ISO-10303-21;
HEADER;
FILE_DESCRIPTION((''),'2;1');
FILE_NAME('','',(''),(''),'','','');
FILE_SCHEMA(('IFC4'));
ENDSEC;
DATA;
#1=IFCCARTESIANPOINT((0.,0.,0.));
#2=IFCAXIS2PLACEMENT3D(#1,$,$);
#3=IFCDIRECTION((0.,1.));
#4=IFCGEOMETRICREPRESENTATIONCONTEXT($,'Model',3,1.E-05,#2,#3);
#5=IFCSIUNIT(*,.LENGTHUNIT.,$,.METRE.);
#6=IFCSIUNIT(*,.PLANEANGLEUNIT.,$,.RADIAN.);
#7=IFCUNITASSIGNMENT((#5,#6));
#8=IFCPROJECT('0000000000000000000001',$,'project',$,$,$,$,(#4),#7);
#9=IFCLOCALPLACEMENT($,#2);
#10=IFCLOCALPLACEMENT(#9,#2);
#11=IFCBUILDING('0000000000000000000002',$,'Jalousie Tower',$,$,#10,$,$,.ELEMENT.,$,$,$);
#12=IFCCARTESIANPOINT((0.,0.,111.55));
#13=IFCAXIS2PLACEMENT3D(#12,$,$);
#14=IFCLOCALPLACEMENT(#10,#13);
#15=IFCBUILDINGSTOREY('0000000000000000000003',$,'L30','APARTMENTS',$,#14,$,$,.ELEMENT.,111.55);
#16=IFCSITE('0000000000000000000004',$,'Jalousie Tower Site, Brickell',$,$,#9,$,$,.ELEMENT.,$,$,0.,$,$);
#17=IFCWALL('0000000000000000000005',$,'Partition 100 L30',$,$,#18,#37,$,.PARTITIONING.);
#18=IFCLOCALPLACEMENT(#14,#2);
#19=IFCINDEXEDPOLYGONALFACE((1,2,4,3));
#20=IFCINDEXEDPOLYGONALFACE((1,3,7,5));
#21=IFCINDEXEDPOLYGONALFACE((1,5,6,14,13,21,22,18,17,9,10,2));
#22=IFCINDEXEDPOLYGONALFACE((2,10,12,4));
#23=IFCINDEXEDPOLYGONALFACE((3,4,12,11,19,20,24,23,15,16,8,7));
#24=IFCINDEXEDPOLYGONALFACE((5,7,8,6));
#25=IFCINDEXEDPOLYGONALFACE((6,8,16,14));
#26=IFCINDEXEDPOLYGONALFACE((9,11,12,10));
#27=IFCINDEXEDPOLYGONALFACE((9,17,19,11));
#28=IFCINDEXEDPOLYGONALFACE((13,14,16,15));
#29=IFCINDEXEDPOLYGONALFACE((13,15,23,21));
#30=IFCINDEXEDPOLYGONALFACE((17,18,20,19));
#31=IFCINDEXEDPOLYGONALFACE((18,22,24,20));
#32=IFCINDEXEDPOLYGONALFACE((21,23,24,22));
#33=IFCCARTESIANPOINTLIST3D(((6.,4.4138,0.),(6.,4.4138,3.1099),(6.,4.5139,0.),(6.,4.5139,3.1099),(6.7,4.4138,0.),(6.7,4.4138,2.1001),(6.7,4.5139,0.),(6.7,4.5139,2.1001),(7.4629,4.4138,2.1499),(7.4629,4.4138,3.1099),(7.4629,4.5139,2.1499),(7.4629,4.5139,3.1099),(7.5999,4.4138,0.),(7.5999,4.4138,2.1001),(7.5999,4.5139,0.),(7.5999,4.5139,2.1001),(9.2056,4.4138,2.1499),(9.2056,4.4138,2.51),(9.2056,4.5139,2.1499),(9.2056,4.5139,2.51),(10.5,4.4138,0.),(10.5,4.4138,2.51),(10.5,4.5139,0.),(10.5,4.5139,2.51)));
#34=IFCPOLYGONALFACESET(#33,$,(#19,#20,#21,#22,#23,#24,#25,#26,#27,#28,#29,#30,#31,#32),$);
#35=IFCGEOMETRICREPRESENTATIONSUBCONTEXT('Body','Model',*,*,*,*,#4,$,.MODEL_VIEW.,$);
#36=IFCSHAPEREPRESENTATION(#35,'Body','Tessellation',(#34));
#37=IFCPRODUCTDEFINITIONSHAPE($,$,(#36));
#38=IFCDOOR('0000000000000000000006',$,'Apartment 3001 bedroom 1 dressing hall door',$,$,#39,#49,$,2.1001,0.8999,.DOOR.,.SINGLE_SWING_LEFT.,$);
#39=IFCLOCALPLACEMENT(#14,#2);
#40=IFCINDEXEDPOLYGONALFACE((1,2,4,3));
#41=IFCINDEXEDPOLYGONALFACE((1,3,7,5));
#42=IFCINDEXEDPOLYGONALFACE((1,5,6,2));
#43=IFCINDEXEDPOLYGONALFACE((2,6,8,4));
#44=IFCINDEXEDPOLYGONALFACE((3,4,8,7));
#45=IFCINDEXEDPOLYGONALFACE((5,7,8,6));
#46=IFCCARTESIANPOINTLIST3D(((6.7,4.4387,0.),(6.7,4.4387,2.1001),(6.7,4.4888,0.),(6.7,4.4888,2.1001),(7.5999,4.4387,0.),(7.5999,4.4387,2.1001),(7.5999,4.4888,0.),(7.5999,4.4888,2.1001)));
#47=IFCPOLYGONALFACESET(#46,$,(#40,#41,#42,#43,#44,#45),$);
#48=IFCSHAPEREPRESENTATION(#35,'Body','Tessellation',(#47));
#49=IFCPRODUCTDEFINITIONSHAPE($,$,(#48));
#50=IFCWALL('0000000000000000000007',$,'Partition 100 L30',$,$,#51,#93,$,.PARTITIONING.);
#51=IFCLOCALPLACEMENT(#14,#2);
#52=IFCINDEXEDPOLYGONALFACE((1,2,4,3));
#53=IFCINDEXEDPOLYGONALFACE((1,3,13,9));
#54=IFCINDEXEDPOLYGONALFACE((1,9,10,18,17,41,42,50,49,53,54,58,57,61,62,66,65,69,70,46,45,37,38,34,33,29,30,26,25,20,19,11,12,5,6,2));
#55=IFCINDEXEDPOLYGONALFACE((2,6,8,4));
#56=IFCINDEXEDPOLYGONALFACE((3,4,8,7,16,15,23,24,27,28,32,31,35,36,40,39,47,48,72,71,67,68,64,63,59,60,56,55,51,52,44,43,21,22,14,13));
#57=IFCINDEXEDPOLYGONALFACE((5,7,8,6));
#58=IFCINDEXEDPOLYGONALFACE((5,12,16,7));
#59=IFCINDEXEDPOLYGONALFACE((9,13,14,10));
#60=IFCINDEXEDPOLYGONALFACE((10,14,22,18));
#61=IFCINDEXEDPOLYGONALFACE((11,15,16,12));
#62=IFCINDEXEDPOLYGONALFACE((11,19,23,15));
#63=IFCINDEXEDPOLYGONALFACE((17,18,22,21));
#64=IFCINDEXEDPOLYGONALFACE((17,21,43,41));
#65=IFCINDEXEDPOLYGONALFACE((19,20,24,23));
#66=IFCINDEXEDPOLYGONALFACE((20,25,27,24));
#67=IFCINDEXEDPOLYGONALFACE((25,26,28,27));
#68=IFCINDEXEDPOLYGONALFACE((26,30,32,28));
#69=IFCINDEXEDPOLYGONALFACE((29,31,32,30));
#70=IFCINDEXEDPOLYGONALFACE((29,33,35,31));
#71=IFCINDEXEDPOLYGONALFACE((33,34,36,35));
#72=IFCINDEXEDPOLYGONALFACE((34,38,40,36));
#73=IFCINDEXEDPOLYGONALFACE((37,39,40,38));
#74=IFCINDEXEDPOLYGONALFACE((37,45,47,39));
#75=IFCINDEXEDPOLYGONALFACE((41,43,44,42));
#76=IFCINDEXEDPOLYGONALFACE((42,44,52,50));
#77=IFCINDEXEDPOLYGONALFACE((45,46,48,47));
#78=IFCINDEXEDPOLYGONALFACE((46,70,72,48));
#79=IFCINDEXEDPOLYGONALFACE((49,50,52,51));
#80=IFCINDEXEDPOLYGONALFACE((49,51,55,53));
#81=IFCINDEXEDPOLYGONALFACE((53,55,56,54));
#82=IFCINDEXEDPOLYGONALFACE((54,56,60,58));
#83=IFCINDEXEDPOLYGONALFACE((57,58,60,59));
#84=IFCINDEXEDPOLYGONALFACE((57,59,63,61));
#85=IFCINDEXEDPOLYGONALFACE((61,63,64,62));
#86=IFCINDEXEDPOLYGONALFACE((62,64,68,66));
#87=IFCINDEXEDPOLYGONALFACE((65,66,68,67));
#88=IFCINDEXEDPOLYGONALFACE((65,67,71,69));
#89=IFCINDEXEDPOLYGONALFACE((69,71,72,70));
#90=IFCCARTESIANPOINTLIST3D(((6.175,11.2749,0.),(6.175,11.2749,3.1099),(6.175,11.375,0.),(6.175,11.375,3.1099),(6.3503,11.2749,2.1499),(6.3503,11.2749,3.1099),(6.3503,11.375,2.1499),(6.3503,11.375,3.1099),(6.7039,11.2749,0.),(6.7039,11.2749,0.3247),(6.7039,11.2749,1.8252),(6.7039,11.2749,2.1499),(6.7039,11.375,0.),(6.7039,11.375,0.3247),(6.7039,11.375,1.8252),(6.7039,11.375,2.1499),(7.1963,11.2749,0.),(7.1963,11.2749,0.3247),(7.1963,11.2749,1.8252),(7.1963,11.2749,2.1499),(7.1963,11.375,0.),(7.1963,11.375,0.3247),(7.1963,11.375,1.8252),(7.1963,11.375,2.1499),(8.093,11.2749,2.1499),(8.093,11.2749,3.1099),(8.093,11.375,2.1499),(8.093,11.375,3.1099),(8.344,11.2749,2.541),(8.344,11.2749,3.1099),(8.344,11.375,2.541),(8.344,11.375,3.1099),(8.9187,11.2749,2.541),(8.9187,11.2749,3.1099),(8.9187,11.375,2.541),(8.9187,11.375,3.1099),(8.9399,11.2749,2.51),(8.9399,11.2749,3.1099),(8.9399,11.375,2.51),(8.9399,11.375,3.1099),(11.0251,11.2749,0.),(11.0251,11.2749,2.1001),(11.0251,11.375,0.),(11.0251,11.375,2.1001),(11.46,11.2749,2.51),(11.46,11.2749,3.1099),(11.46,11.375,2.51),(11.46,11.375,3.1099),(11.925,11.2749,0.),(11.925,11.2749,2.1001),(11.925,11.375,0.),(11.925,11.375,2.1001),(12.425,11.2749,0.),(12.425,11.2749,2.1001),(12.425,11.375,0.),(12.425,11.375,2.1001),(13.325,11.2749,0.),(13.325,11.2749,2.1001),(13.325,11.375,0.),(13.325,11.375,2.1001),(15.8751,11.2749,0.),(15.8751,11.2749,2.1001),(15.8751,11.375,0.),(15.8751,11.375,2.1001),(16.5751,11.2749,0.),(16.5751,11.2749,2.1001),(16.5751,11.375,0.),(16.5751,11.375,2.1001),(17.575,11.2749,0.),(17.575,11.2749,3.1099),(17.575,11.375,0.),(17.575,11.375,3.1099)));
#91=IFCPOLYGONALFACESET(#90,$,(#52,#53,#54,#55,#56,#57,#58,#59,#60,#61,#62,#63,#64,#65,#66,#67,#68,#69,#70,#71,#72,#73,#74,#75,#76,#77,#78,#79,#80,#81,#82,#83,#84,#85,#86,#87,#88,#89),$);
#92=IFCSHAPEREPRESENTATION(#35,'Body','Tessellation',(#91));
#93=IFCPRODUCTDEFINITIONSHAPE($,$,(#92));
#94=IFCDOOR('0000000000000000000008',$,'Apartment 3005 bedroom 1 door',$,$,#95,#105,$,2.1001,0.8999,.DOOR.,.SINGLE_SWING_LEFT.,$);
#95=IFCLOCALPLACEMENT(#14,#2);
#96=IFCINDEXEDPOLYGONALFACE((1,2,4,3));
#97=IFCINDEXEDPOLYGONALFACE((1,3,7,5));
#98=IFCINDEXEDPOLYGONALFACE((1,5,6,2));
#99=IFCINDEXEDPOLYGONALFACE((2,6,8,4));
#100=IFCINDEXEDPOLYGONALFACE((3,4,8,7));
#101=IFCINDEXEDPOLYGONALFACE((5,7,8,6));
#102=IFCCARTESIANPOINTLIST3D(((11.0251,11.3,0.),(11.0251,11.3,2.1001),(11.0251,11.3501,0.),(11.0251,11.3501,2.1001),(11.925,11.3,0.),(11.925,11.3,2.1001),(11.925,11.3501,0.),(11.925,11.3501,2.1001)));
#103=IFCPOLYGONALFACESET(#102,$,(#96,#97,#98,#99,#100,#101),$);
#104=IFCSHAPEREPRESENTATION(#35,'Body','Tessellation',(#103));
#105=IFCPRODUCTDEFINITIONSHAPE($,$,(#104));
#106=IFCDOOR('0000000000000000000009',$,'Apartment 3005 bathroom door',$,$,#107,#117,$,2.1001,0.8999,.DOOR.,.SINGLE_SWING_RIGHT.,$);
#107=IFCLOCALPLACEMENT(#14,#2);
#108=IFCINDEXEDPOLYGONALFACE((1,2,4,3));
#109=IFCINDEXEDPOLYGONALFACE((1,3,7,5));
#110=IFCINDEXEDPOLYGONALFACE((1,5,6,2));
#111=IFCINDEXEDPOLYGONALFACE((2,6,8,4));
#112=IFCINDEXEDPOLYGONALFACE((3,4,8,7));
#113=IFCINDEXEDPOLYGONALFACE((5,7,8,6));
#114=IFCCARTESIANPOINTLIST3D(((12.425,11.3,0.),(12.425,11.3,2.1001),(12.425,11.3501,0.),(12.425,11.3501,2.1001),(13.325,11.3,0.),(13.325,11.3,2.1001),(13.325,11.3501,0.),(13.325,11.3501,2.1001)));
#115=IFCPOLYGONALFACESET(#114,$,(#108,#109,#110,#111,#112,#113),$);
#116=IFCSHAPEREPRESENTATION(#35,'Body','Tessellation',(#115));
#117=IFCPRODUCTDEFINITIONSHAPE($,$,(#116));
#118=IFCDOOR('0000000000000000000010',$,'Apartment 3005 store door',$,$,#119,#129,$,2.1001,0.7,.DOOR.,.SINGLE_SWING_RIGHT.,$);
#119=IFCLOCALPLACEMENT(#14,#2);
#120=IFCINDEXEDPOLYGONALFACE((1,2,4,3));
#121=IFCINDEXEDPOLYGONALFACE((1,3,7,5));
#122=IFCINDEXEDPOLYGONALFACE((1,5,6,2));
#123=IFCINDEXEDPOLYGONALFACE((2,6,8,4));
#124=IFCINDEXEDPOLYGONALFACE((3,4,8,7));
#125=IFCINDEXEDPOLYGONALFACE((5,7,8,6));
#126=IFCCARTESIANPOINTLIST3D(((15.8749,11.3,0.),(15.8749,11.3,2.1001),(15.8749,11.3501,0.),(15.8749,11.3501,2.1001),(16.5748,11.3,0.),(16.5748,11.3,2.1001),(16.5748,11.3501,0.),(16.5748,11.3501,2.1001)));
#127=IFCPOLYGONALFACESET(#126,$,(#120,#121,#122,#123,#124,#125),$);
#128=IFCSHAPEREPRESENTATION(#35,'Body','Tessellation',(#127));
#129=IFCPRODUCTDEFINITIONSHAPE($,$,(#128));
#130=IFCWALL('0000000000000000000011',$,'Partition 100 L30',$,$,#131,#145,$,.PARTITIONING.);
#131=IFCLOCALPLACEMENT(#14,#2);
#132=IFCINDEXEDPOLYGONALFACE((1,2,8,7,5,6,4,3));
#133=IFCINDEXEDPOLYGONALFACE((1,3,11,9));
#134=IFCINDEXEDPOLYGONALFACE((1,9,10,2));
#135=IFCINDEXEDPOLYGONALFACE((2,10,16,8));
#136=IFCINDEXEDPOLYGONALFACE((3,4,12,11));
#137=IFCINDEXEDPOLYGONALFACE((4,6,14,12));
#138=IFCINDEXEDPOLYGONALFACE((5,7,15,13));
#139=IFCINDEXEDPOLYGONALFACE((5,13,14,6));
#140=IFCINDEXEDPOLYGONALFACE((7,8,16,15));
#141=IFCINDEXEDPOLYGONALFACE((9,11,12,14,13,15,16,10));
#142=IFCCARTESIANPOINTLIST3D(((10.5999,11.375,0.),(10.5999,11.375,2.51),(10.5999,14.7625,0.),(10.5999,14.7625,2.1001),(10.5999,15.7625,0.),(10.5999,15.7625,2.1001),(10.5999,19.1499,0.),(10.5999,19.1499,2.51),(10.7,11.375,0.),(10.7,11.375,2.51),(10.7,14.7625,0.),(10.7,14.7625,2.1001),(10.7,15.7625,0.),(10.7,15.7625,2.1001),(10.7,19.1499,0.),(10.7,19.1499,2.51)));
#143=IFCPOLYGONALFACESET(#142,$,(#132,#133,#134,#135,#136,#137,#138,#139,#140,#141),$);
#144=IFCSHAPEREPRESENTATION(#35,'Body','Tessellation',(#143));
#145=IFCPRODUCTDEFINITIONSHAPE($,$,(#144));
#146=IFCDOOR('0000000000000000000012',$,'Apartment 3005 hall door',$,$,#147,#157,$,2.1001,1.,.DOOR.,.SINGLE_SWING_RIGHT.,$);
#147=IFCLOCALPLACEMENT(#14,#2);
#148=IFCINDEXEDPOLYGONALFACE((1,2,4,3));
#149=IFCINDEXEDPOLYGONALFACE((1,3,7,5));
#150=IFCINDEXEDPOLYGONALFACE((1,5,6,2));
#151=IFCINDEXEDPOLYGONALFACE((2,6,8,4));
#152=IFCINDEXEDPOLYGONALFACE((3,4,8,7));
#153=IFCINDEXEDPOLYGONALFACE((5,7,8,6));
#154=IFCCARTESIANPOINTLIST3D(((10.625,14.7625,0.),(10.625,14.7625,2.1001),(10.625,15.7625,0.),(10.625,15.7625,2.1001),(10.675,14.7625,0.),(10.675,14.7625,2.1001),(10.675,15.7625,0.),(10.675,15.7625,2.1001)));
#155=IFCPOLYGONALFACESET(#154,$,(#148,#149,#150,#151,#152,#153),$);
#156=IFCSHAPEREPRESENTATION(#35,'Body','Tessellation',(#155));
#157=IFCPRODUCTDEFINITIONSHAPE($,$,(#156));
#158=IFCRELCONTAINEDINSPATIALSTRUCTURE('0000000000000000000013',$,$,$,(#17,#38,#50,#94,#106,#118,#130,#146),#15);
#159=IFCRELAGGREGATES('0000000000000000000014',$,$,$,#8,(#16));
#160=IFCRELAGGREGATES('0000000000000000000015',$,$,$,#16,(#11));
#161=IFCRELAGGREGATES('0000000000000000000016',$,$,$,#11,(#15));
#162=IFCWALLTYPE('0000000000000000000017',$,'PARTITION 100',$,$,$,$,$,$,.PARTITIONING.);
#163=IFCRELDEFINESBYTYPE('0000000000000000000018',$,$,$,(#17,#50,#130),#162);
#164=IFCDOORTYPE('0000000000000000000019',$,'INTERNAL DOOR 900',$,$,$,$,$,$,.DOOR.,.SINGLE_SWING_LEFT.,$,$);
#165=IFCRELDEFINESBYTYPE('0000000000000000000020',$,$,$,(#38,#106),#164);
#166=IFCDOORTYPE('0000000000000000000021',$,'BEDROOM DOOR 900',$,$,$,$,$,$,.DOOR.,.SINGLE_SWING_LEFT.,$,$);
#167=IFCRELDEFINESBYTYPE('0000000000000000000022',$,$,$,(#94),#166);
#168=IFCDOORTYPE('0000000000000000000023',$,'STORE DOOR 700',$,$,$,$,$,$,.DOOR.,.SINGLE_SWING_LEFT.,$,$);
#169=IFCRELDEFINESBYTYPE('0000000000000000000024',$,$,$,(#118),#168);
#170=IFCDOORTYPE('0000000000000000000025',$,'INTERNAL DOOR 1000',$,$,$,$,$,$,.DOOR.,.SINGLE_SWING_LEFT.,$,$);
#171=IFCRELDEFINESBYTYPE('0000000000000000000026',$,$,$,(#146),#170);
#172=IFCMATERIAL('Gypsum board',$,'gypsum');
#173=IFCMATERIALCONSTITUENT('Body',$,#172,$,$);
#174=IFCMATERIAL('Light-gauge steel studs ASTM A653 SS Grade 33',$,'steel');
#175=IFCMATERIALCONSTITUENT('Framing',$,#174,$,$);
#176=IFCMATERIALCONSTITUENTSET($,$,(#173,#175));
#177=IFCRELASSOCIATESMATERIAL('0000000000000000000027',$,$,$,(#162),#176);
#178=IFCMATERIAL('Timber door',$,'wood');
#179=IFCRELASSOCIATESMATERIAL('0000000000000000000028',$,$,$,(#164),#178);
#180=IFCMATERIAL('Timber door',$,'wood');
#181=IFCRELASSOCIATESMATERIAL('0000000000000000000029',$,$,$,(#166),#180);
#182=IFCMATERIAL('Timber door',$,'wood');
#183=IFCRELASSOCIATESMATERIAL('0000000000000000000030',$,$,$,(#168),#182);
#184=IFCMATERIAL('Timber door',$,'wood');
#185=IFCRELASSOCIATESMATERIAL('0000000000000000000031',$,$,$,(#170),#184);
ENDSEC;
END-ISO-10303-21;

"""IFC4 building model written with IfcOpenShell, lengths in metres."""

from ifc_helpers import new_model, si_unit, direction, frame, frame_2d, origin, place, context, subcontext, project, spatial, polyline, rectangle, outline, extrude, material, constituent, constituent_set, type_object, element, fill, save


model = new_model("IFC4")

# Units and contexts
model_context = context("Model", 3, precision=1e-05, world=origin(), true_north=direction((0.0, 1.0)))
body_context = subcontext(model_context, "Body", "Model", "MODEL_VIEW")
ifc_project = project(units=[si_unit("LENGTHUNIT", "METRE"), si_unit("PLANEANGLEUNIT", "RADIAN")], contexts=[model_context])

# Site, building, storey
site_placement = place(None, origin())
site = spatial("IfcSite", under=ifc_project, at=site_placement, Name="Jalousie Tower Site, Brickell", CompositionType="ELEMENT", RefElevation=0.0)
building_placement = place(site_placement, origin())
building = spatial("IfcBuilding", under=site, at=building_placement, Name="Jalousie Tower", CompositionType="ELEMENT")
storey_placement = place(building_placement, frame((0.0, 0.0, 111.55)))
storey = spatial("IfcBuildingStorey", under=building, at=storey_placement, Name="L30", Description="APARTMENTS", CompositionType="ELEMENT", Elevation=111.55)

# Wall, opening, door
ifc_material_1 = material(Name="Gypsum board", Category="gypsum")
ifc_constituent_1 = constituent(ifc_material_1, Name="Body")
ifc_material_2 = material(Name="Light-gauge steel studs ASTM A653 SS Grade 33", Category="steel")
ifc_constituent_2 = constituent(ifc_material_2, Name="Framing")
ifc_constituent_set_1 = constituent_set(constituents=[ifc_constituent_1, ifc_constituent_2])
wall_type_1 = type_object("IfcWallType", Name="PARTITION 100", PredefinedType="PARTITIONING", material=ifc_constituent_set_1)
wall_1_placement = place(storey_placement, frame((6.0, 4.4639, 0.0), z_axis=(0.0, 0.0, 1.0), x_axis=(1.0, 0.0, 0.0)))
wall_1 = element("IfcWall", 1, at=wall_1_placement, inside=storey, type_object=wall_type_1, Name="Partition 100 L30", PredefinedType="PARTITIONING", context=body_context, shape_type="SweptSolid", body=[
    extrude(outline(polyline([(0.0, 0.0), (4.5, 0.0), (4.5, 3.1099), (4.5, 2.51), (3.2056, 2.51), (3.2056, 2.1499), (1.4629, 2.1499), (1.4629, 3.1099), (0.0, 3.1099), (0.0, 0.0)])), frame((0.0, 0.05, 0.0), z_axis=(0.0, -1.0, 0.0), x_axis=(1.0, 0.0, 0.0)), (0.0, 0.0, 1.0), 0.1001),
])
opening_1_placement = place(wall_1_placement, frame((0.7, 0.0, 0.0)))
opening_1 = element("IfcOpeningElement", 2, at=opening_1_placement, cuts=wall_1, PredefinedType="OPENING", context=body_context, shape_type="SweptSolid", body=[
    extrude(rectangle(XDim=0.8999, YDim=2.1001, at=frame_2d((0.45, 1.05))), frame((0.0, 0.0601, 0.0), z_axis=(0.0, -1.0, 0.0), x_axis=(1.0, 0.0, 0.0)), (0.0, 0.0, 1.0), 0.1201),
])
ifc_material_3 = material(Name="Timber door", Category="wood")
door_type_1 = type_object("IfcDoorType", Name="INTERNAL DOOR 900", OperationType="SINGLE_SWING_LEFT", PredefinedType="DOOR", material=ifc_material_3)
door_1_placement = place(opening_1_placement, origin())
door_1 = element("IfcDoor", 3, at=door_1_placement, inside=storey, type_object=door_type_1, Name="Apartment 3001 bedroom 1 dressing hall door", OperationType="SINGLE_SWING_LEFT", OverallHeight=2.1001, OverallWidth=0.8999, PredefinedType="DOOR", context=body_context, shape_type="SweptSolid", body=[
    extrude(rectangle(XDim=0.8999, YDim=2.1001, at=frame_2d((0.45, 1.05))), frame((0.0, 0.0249, 0.0), z_axis=(0.0, -1.0, 0.0), x_axis=(1.0, 0.0, 0.0)), (0.0, 0.0, 1.0), 0.05),
])
fill(opening_1, door_1)

# Wall, openings, doors
wall_2_placement = place(storey_placement, frame((6.175, 11.325, 0.0), z_axis=(0.0, 0.0, 1.0), x_axis=(1.0, 0.0, 0.0)))
wall_2 = element("IfcWall", 4, at=wall_2_placement, inside=storey, type_object=wall_type_1, Name="Partition 100 L30", PredefinedType="PARTITIONING", context=body_context, shape_type="SweptSolid", body=[
    extrude(outline(polyline([(0.1753, 3.1099), (0.0, 3.1099), (0.0, 0.0), (0.5288, 0.0), (0.5288, 0.3247), (1.0212, 0.3247), (1.0212, 0.0), (11.3999, 0.0), (11.3999, 3.1099), (5.2849, 3.1099), (5.2849, 2.51), (2.7649, 2.51), (2.7649, 3.1099), (2.7437, 3.1099), (2.7437, 2.541), (2.1689, 2.541), (2.1689, 3.1099), (1.918, 3.1099), (1.918, 2.1499), (1.0212, 2.1499), (1.0212, 1.8252), (0.5288, 1.8252), (0.5288, 2.1499), (0.1753, 2.1499), (0.1753, 3.1099)])), frame((0.0, 0.05, 0.0), z_axis=(0.0, -1.0, 0.0), x_axis=(1.0, 0.0, 0.0)), (0.0, 0.0, 1.0), 0.1001),
])
opening_2_placement = place(wall_2_placement, frame((4.8501, 0.0, 0.0)))
opening_2 = element("IfcOpeningElement", 5, at=opening_2_placement, cuts=wall_2, PredefinedType="OPENING", context=body_context, shape_type="SweptSolid", body=[
    extrude(rectangle(XDim=0.8999, YDim=2.1001, at=frame_2d((0.45, 1.05))), frame((0.0, 0.0601, 0.0), z_axis=(0.0, -1.0, 0.0), x_axis=(1.0, 0.0, 0.0)), (0.0, 0.0, 1.0), 0.1201),
])
opening_3_placement = place(wall_2_placement, frame((6.25, 0.0, 0.0)))
opening_3 = element("IfcOpeningElement", 6, at=opening_3_placement, cuts=wall_2, PredefinedType="OPENING", context=body_context, shape_type="SweptSolid", body=[
    extrude(rectangle(XDim=0.8999, YDim=2.1001, at=frame_2d((0.45, 1.05))), frame((0.0, 0.0601, 0.0), z_axis=(0.0, -1.0, 0.0), x_axis=(1.0, 0.0, 0.0)), (0.0, 0.0, 1.0), 0.1201),
])
opening_4_placement = place(wall_2_placement, frame((9.7, 0.0, 0.0)))
opening_4 = element("IfcOpeningElement", 7, at=opening_4_placement, cuts=wall_2, PredefinedType="OPENING", context=body_context, shape_type="SweptSolid", body=[
    extrude(rectangle(XDim=0.7, YDim=2.1001, at=frame_2d((0.3501, 1.05))), frame((0.0, 0.0601, 0.0), z_axis=(0.0, -1.0, 0.0), x_axis=(1.0, 0.0, 0.0)), (0.0, 0.0, 1.0), 0.1201),
])
ifc_material_4 = material(Name="Timber door", Category="wood")
door_type_2 = type_object("IfcDoorType", Name="BEDROOM DOOR 900", OperationType="SINGLE_SWING_LEFT", PredefinedType="DOOR", material=ifc_material_4)
door_2_placement = place(opening_2_placement, frame((0.8999, 0.0, 0.0), z_axis=(0.0, 0.0, 1.0), x_axis=(-1.0, 0.0, 0.0)))
door_2 = element("IfcDoor", 8, at=door_2_placement, inside=storey, type_object=door_type_2, Name="Apartment 3005 bedroom 1 door", OperationType="SINGLE_SWING_LEFT", OverallHeight=2.1001, OverallWidth=0.8999, PredefinedType="DOOR", context=body_context, shape_type="SweptSolid", body=[
    extrude(rectangle(XDim=0.8999, YDim=2.1001, at=frame_2d((0.45, 1.05))), frame((0.0, 0.0249, 0.0), z_axis=(0.0, -1.0, 0.0), x_axis=(1.0, 0.0, 0.0)), (0.0, 0.0, 1.0), 0.05),
])
fill(opening_2, door_2)
door_3_placement = place(opening_3_placement, frame((0.8999, 0.0, 0.0), z_axis=(0.0, 0.0, 1.0), x_axis=(-1.0, 0.0, 0.0)))
door_3 = element("IfcDoor", 9, at=door_3_placement, inside=storey, type_object=door_type_1, Name="Apartment 3005 bathroom door", OperationType="SINGLE_SWING_RIGHT", OverallHeight=2.1001, OverallWidth=0.8999, PredefinedType="DOOR", context=body_context, shape_type="SweptSolid", body=[
    extrude(rectangle(XDim=0.8999, YDim=2.1001, at=frame_2d((0.45, 1.05))), frame((0.0, 0.0249, 0.0), z_axis=(0.0, -1.0, 0.0), x_axis=(1.0, 0.0, 0.0)), (0.0, 0.0, 1.0), 0.05),
])
fill(opening_3, door_3)
ifc_material_5 = material(Name="Timber door", Category="wood")
door_type_3 = type_object("IfcDoorType", Name="STORE DOOR 700", OperationType="SINGLE_SWING_LEFT", PredefinedType="DOOR", material=ifc_material_5)
door_4_placement = place(opening_4_placement, frame((0.7, 0.0, 0.0), z_axis=(0.0, 0.0, 1.0), x_axis=(-1.0, 0.0, 0.0)))
door_4 = element("IfcDoor", 10, at=door_4_placement, inside=storey, type_object=door_type_3, Name="Apartment 3005 store door", OperationType="SINGLE_SWING_RIGHT", OverallHeight=2.1001, OverallWidth=0.7, PredefinedType="DOOR", context=body_context, shape_type="SweptSolid", body=[
    extrude(rectangle(XDim=0.7, YDim=2.1001, at=frame_2d((0.3501, 1.05))), frame((0.0, 0.0249, 0.0), z_axis=(0.0, -1.0, 0.0), x_axis=(1.0, 0.0, 0.0)), (0.0, 0.0, 1.0), 0.05),
])
fill(opening_4, door_4)

# Wall, opening, door
wall_3_placement = place(storey_placement, frame((10.6499, 11.375, 0.0), z_axis=(0.0, 0.0, 1.0), x_axis=(0.0, 1.0, 0.0)))
wall_3 = element("IfcWall", 11, at=wall_3_placement, inside=storey, type_object=wall_type_1, Name="Partition 100 L30", PredefinedType="PARTITIONING", context=body_context, shape_type="SweptSolid", body=[
    extrude(outline(polyline([(0.0, 0.0), (7.7749, 0.0), (7.7749, 3.1099), (7.7749, 2.51), (1.6851, 2.51), (0.0, 2.51), (0.0, 3.1099), (0.0, 0.0)])), frame((0.0, 0.05, 0.0), z_axis=(0.0, -1.0, 0.0), x_axis=(1.0, 0.0, 0.0)), (0.0, 0.0, 1.0), 0.1001),
])
opening_5_placement = place(wall_3_placement, frame((3.3875, 0.0, 0.0)))
opening_5 = element("IfcOpeningElement", 12, at=opening_5_placement, cuts=wall_3, PredefinedType="OPENING", context=body_context, shape_type="SweptSolid", body=[
    extrude(rectangle(XDim=1.0, YDim=2.1001, at=frame_2d((0.5, 1.05))), frame((0.0, 0.0601, 0.0), z_axis=(0.0, -1.0, 0.0), x_axis=(1.0, 0.0, 0.0)), (0.0, 0.0, 1.0), 0.1201),
])
ifc_material_6 = material(Name="Timber door", Category="wood")
door_type_4 = type_object("IfcDoorType", Name="INTERNAL DOOR 1000", OperationType="SINGLE_SWING_LEFT", PredefinedType="DOOR", material=ifc_material_6)
door_5_placement = place(opening_5_placement, origin())
door_5 = element("IfcDoor", 13, at=door_5_placement, inside=storey, type_object=door_type_4, Name="Apartment 3005 hall door", OperationType="SINGLE_SWING_RIGHT", OverallHeight=2.1001, OverallWidth=1.0, PredefinedType="DOOR", context=body_context, shape_type="SweptSolid", body=[
    extrude(rectangle(XDim=1.0, YDim=2.1001, at=frame_2d((0.5, 1.05))), frame((0.0, 0.0249, 0.0), z_axis=(0.0, -1.0, 0.0), x_axis=(1.0, 0.0, 0.0)), (0.0, 0.0, 1.0), 0.05),
])
fill(opening_5, door_5)

save(model, "model.ifc")
